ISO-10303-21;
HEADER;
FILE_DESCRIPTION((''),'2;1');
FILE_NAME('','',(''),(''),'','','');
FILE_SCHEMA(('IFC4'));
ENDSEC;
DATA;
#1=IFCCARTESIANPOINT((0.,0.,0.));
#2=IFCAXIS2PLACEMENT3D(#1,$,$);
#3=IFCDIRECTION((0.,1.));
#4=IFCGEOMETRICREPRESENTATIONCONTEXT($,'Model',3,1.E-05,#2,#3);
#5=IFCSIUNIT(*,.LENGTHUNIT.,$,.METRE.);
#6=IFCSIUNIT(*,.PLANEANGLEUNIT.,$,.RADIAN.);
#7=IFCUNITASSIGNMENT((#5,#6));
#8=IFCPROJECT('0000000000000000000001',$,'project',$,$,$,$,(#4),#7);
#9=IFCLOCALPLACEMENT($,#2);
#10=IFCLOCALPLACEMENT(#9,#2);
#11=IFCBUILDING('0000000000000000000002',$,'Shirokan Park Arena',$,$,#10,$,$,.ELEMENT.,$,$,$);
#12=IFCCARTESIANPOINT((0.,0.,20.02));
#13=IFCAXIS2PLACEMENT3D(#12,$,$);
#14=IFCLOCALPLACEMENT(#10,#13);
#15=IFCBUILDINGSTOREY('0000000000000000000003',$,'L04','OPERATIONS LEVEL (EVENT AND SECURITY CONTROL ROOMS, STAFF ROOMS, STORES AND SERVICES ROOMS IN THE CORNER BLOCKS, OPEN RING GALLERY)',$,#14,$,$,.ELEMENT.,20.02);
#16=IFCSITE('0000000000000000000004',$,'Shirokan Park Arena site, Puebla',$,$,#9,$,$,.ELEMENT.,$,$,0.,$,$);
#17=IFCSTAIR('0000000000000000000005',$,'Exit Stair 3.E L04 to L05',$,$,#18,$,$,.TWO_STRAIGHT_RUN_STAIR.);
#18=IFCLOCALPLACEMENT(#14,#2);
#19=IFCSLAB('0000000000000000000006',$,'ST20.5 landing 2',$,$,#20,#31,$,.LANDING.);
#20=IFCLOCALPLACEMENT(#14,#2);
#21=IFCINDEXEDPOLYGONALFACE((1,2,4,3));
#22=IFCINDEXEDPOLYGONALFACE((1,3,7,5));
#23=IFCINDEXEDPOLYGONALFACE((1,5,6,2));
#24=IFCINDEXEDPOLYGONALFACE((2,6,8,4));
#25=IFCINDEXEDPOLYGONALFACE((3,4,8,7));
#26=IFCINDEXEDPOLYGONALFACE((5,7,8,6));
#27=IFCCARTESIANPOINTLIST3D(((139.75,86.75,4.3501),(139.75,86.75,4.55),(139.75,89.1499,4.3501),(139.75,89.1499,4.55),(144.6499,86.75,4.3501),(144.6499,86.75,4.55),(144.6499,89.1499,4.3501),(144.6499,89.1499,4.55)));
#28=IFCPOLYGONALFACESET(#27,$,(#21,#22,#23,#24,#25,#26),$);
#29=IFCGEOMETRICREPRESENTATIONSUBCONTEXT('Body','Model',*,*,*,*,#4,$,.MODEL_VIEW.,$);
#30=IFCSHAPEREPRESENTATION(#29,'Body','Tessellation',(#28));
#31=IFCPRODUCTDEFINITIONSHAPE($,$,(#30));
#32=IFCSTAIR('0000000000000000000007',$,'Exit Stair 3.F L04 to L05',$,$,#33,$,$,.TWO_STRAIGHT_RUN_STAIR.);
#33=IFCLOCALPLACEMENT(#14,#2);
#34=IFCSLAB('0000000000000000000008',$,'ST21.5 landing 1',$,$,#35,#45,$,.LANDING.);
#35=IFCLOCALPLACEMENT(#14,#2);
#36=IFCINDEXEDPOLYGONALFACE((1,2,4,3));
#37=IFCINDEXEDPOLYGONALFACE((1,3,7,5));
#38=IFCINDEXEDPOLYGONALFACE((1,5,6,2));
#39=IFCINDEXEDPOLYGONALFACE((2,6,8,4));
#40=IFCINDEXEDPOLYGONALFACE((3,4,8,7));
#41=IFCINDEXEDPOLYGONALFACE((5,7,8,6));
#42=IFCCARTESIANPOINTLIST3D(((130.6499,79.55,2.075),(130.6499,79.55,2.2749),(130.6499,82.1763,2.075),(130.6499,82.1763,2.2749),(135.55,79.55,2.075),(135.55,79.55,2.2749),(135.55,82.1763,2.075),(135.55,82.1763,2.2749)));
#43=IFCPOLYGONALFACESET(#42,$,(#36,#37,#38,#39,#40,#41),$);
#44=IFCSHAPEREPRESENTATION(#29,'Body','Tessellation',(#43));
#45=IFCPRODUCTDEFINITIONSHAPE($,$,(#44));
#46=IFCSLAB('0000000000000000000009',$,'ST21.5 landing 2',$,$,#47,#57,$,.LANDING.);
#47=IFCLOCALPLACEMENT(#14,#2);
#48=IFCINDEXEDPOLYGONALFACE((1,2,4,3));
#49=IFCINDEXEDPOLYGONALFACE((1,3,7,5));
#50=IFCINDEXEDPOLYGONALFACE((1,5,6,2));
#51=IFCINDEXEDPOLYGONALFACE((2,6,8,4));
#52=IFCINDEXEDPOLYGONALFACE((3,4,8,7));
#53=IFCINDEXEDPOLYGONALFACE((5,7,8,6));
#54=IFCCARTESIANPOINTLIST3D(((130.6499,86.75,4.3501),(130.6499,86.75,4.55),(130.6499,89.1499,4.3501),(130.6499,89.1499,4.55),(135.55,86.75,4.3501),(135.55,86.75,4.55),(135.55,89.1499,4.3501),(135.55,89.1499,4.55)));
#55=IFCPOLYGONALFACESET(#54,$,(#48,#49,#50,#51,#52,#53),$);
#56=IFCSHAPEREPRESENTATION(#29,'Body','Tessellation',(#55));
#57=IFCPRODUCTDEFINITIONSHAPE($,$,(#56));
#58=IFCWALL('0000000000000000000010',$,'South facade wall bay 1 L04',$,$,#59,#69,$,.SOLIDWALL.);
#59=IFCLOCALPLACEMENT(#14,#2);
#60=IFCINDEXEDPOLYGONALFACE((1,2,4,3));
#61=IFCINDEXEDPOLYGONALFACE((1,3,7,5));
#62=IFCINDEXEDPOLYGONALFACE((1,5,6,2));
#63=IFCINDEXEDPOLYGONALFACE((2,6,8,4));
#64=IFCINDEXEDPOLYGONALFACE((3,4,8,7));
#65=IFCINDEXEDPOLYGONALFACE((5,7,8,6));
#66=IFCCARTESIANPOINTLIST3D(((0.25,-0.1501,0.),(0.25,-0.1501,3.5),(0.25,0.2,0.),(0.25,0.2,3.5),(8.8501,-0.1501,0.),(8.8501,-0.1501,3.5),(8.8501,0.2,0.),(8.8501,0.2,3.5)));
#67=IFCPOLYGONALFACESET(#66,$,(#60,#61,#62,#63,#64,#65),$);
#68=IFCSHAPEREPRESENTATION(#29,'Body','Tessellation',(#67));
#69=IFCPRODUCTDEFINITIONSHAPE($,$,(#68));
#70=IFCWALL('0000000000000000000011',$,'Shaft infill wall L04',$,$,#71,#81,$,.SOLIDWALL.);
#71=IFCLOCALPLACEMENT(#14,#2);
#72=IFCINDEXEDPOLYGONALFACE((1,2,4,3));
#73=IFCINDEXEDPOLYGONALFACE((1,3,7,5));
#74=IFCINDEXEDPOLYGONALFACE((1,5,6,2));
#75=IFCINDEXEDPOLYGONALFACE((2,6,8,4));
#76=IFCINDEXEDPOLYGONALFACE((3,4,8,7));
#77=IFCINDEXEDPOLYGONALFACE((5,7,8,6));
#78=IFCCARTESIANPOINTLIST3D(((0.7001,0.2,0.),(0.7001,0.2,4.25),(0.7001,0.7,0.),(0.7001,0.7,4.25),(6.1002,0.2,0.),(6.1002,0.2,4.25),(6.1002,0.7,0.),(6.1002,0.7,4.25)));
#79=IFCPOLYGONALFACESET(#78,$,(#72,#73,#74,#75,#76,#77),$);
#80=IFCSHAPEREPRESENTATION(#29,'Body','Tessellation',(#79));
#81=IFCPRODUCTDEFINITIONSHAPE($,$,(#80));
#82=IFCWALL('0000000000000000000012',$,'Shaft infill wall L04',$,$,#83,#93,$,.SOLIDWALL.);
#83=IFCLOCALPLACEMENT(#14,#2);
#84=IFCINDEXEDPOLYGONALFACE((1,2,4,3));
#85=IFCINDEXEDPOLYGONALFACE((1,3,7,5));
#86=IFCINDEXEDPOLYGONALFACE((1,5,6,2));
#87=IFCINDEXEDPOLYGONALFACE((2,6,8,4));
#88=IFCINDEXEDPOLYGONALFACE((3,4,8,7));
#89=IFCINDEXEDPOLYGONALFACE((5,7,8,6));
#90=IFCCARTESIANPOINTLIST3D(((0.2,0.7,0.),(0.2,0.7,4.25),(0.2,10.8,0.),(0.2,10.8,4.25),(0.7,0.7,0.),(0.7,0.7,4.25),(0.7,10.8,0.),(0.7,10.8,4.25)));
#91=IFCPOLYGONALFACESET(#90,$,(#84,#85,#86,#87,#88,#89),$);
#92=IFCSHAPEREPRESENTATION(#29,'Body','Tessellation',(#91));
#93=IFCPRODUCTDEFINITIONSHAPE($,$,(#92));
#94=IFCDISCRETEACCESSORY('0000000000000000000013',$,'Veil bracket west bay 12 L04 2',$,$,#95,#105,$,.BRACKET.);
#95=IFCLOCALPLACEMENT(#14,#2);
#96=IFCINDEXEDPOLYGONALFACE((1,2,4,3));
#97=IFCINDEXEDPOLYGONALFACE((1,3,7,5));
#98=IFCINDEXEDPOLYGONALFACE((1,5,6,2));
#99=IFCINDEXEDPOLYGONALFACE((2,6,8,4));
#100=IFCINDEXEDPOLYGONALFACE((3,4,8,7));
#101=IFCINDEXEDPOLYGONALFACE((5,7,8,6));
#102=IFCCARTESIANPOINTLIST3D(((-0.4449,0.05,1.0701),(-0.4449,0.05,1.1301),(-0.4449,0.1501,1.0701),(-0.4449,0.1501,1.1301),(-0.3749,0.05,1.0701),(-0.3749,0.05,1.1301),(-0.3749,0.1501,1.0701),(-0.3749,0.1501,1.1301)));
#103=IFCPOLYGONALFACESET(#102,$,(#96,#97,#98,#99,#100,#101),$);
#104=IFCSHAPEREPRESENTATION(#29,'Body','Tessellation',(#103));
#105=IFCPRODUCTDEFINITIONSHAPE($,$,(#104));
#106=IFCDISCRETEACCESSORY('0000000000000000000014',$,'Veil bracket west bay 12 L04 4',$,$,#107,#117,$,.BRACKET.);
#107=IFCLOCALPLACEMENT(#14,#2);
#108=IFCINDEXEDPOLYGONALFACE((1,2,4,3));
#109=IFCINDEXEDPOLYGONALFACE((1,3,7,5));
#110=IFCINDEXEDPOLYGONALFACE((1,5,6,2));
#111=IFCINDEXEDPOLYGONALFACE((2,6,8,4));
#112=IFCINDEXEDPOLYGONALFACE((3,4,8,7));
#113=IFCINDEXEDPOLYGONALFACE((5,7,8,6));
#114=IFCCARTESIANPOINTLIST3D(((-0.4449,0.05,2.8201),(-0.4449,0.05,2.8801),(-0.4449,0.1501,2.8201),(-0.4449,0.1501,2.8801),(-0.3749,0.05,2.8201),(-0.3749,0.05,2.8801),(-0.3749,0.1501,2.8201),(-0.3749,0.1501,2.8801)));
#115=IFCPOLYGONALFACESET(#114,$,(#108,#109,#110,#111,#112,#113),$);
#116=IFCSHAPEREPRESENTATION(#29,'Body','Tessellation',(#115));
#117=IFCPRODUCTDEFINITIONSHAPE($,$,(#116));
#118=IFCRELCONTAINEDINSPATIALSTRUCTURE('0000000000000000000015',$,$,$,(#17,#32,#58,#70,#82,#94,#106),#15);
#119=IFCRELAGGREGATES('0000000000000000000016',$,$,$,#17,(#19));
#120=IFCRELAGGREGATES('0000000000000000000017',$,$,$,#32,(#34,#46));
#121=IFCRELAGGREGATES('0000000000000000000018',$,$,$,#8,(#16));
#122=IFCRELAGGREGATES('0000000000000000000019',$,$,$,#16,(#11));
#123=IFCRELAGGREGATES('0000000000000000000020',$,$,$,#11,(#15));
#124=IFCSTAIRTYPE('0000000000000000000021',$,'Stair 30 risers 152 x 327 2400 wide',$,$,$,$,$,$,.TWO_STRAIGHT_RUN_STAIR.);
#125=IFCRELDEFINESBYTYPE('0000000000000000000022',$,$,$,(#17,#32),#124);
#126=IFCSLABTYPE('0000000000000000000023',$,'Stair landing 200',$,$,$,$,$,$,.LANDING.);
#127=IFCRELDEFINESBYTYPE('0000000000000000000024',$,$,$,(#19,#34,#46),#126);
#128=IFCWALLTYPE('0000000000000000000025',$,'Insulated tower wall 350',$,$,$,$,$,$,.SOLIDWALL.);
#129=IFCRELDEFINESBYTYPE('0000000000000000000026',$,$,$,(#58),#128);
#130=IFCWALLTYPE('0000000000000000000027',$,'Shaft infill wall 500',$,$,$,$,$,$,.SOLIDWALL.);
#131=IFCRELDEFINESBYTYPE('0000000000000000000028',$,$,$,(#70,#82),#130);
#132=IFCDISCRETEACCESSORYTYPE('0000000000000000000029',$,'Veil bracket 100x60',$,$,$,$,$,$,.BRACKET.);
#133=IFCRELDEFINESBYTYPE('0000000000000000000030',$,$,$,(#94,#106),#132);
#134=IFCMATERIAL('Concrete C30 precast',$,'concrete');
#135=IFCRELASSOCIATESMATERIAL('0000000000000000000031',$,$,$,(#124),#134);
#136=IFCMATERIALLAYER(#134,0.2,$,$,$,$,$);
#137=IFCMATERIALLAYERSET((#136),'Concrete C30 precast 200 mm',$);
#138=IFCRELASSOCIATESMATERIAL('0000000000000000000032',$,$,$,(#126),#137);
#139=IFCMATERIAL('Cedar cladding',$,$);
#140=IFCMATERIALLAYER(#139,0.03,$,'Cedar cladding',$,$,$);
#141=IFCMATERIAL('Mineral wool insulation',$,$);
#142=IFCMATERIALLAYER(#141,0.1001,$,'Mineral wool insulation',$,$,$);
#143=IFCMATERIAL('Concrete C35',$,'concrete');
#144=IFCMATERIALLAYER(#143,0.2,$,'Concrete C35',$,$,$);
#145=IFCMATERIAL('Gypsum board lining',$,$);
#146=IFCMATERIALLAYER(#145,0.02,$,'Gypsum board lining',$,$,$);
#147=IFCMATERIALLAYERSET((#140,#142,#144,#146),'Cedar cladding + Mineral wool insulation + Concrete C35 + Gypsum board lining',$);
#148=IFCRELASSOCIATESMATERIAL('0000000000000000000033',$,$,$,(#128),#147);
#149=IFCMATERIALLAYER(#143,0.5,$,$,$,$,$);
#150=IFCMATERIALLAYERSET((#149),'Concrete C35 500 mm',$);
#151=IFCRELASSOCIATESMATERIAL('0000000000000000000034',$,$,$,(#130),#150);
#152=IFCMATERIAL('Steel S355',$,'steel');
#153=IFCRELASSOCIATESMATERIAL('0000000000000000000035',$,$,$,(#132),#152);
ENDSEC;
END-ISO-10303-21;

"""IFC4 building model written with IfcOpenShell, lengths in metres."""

from ifc_helpers import new_model, si_unit, direction, frame, frame_2d, origin, origin_2d, place, context, subcontext, project, spatial, polyline, rectangle, outline, extrude, material, layer, layer_set, type_object, element, aggregate, save


model = new_model("IFC4")

# Units and contexts
model_context = context("Model", 3, precision=1e-05, world=origin(), true_north=direction((0.0, 1.0)))
body_context = subcontext(model_context, "Body", "Model", "MODEL_VIEW")
ifc_project = project(units=[si_unit("LENGTHUNIT", "METRE"), si_unit("PLANEANGLEUNIT", "RADIAN")], contexts=[model_context])

# Site, building, storey
site_placement = place(None, origin())
site = spatial("IfcSite", under=ifc_project, at=site_placement, Name="Shirokan Park Arena site, Puebla", CompositionType="ELEMENT", RefElevation=0.0)
building_placement = place(site_placement, origin())
building = spatial("IfcBuilding", under=site, at=building_placement, Name="Shirokan Park Arena", CompositionType="ELEMENT")
storey_placement = place(building_placement, frame((0.0, 0.0, 20.02)))
storey = spatial("IfcBuildingStorey", under=building, at=storey_placement, Name="L04", Description="OPERATIONS LEVEL (EVENT AND SECURITY CONTROL ROOMS, STAFF ROOMS, STORES AND SERVICES ROOMS IN THE CORNER BLOCKS, OPEN RING GALLERY)", CompositionType="ELEMENT", Elevation=20.02)

# Shared definitions
ifc_material_1 = material(Name="Concrete C35", Category="concrete")

# Stairs, slabs
ifc_material_2 = material(Name="Concrete C30 precast", Category="concrete")
stair_type = type_object("IfcStairType", Name="Stair 30 risers 152 x 327 2400 wide", PredefinedType="TWO_STRAIGHT_RUN_STAIR", material=ifc_material_2)
ifc_layer_1 = layer(ifc_material_2, 0.2)
ifc_layer_set_1 = layer_set([ifc_layer_1], Name="Concrete C30 precast 200 mm")
slab_type = type_object("IfcSlabType", Name="Stair landing 200", PredefinedType="LANDING", material=ifc_layer_set_1)
stair_1_placement = place(storey_placement, origin())
stair_1 = element("IfcStair", 1, at=stair_1_placement, inside=storey, type_object=stair_type, Name="Exit Stair 3.E L04 to L05", PredefinedType="TWO_STRAIGHT_RUN_STAIR")
slab_1_placement = place(storey_placement, frame((0.0, 0.0, 4.3501)))
slab_1 = element("IfcSlab", 2, at=slab_1_placement, type_object=slab_type, Name="ST20.5 landing 2", PredefinedType="LANDING", context=body_context, shape_type="SweptSolid", body=[
    extrude(outline(polyline([(139.75, 86.75), (144.6499, 86.75), (144.6499, 89.1499), (139.75, 89.1499), (139.75, 86.75)])), origin(), (0.0, 0.0, 1.0), 0.2),
])
aggregate(stair_1, [slab_1])
stair_2_placement = place(storey_placement, origin())
stair_2 = element("IfcStair", 3, at=stair_2_placement, inside=storey, type_object=stair_type, Name="Exit Stair 3.F L04 to L05", PredefinedType="TWO_STRAIGHT_RUN_STAIR")
slab_2_placement = place(storey_placement, frame((0.0, 0.0, 2.075)))
slab_2 = element("IfcSlab", 4, at=slab_2_placement, type_object=slab_type, Name="ST21.5 landing 1", PredefinedType="LANDING", context=body_context, shape_type="SweptSolid", body=[
    extrude(outline(polyline([(130.6499, 79.55), (135.55, 79.55), (135.55, 82.1763), (130.6499, 82.1763), (130.6499, 79.55)])), origin(), (0.0, 0.0, 1.0), 0.2),
])
slab_3_placement = place(storey_placement, frame((0.0, 0.0, 4.3501)))
slab_3 = element("IfcSlab", 5, at=slab_3_placement, type_object=slab_type, Name="ST21.5 landing 2", PredefinedType="LANDING", context=body_context, shape_type="SweptSolid", body=[
    extrude(outline(polyline([(130.6499, 86.75), (135.55, 86.75), (135.55, 89.1499), (130.6499, 89.1499), (130.6499, 86.75)])), origin(), (0.0, 0.0, 1.0), 0.2),
])
aggregate(stair_2, [slab_2, slab_3])

# Walls
ifc_material_3 = material(Name="Cedar cladding")
ifc_layer_2 = layer(ifc_material_3, 0.03, Name="Cedar cladding")
ifc_material_4 = material(Name="Mineral wool insulation")
ifc_layer_3 = layer(ifc_material_4, 0.1001, Name="Mineral wool insulation")
ifc_layer_4 = layer(ifc_material_1, 0.2, Name="Concrete C35")
ifc_material_5 = material(Name="Gypsum board lining")
ifc_layer_5 = layer(ifc_material_5, 0.02, Name="Gypsum board lining")
ifc_layer_set_2 = layer_set([ifc_layer_2, ifc_layer_3, ifc_layer_4, ifc_layer_5], Name="Cedar cladding + Mineral wool insulation + Concrete C35 + Gypsum board lining")
wall_type_1 = type_object("IfcWallType", Name="Insulated tower wall 350", PredefinedType="SOLIDWALL", material=ifc_layer_set_2)
wall_1_placement = place(storey_placement, frame((0.25, 0.0249, 0.0), z_axis=(0.0, 0.0, 1.0), x_axis=(1.0, 0.0, 0.0)))
element("IfcWall", 6, at=wall_1_placement, inside=storey, type_object=wall_type_1, Name="South facade wall bay 1 L04", PredefinedType="SOLIDWALL", context=body_context, shape_type="SweptSolid", body=[
    extrude(rectangle(XDim=8.6001, YDim=0.3501, at=frame_2d((4.3, 0.0))), origin(), (0.0, 0.0, 1.0), 3.5),
])
ifc_layer_6 = layer(ifc_material_1, 0.5)
ifc_layer_set_3 = layer_set([ifc_layer_6], Name="Concrete C35 500 mm")
wall_type_2 = type_object("IfcWallType", Name="Shaft infill wall 500", PredefinedType="SOLIDWALL", material=ifc_layer_set_3)
wall_2_placement = place(storey_placement, frame((0.7, 0.45, 0.0), z_axis=(0.0, 0.0, 1.0), x_axis=(1.0, 0.0, 0.0)))
element("IfcWall", 7, at=wall_2_placement, inside=storey, type_object=wall_type_2, Name="Shaft infill wall L04", PredefinedType="SOLIDWALL", context=body_context, shape_type="SweptSolid", body=[
    extrude(rectangle(XDim=5.4001, YDim=0.5, at=frame_2d((2.7002, 0.0))), origin(), (0.0, 0.0, 1.0), 4.25),
])
wall_3_placement = place(storey_placement, frame((0.45, 0.7, 0.0), z_axis=(0.0, 0.0, 1.0), x_axis=(0.0, 1.0, 0.0)))
element("IfcWall", 8, at=wall_3_placement, inside=storey, type_object=wall_type_2, Name="Shaft infill wall L04", PredefinedType="SOLIDWALL", context=body_context, shape_type="SweptSolid", body=[
    extrude(rectangle(XDim=10.1001, YDim=0.5, at=frame_2d((5.05, 0.0))), origin(), (0.0, 0.0, 1.0), 4.25),
])

# Discrete accessories
ifc_material_6 = material(Name="Steel S355", Category="steel")
discrete_accessory_type = type_object("IfcDiscreteAccessoryType", Name="Veil bracket 100x60", PredefinedType="BRACKET", material=ifc_material_6)
for number, where, z_axis, x_axis, name in (
    (9, (-0.4099, 0.1001, 1.0701), (0.0, 0.0, 1.0), (0.0, -1.0, 0.0), "Veil bracket west bay 12 L04 2"),
    (10, (-0.4099, 0.1001, 2.8201), (0.0, 0.0, 1.0), (0.0, -1.0, 0.0), "Veil bracket west bay 12 L04 4"),
):
    element("IfcDiscreteAccessory", number, at=place(storey_placement, frame(where, z_axis=z_axis, x_axis=x_axis)), inside=storey, type_object=discrete_accessory_type, Name=name, PredefinedType="BRACKET", context=body_context, shape_type="SweptSolid", body=[
        extrude(rectangle(XDim=0.1001, YDim=0.0701, at=origin_2d()), origin(), (0.0, 0.0, 1.0), 0.0601),
    ])

save(model, "model.ifc")
